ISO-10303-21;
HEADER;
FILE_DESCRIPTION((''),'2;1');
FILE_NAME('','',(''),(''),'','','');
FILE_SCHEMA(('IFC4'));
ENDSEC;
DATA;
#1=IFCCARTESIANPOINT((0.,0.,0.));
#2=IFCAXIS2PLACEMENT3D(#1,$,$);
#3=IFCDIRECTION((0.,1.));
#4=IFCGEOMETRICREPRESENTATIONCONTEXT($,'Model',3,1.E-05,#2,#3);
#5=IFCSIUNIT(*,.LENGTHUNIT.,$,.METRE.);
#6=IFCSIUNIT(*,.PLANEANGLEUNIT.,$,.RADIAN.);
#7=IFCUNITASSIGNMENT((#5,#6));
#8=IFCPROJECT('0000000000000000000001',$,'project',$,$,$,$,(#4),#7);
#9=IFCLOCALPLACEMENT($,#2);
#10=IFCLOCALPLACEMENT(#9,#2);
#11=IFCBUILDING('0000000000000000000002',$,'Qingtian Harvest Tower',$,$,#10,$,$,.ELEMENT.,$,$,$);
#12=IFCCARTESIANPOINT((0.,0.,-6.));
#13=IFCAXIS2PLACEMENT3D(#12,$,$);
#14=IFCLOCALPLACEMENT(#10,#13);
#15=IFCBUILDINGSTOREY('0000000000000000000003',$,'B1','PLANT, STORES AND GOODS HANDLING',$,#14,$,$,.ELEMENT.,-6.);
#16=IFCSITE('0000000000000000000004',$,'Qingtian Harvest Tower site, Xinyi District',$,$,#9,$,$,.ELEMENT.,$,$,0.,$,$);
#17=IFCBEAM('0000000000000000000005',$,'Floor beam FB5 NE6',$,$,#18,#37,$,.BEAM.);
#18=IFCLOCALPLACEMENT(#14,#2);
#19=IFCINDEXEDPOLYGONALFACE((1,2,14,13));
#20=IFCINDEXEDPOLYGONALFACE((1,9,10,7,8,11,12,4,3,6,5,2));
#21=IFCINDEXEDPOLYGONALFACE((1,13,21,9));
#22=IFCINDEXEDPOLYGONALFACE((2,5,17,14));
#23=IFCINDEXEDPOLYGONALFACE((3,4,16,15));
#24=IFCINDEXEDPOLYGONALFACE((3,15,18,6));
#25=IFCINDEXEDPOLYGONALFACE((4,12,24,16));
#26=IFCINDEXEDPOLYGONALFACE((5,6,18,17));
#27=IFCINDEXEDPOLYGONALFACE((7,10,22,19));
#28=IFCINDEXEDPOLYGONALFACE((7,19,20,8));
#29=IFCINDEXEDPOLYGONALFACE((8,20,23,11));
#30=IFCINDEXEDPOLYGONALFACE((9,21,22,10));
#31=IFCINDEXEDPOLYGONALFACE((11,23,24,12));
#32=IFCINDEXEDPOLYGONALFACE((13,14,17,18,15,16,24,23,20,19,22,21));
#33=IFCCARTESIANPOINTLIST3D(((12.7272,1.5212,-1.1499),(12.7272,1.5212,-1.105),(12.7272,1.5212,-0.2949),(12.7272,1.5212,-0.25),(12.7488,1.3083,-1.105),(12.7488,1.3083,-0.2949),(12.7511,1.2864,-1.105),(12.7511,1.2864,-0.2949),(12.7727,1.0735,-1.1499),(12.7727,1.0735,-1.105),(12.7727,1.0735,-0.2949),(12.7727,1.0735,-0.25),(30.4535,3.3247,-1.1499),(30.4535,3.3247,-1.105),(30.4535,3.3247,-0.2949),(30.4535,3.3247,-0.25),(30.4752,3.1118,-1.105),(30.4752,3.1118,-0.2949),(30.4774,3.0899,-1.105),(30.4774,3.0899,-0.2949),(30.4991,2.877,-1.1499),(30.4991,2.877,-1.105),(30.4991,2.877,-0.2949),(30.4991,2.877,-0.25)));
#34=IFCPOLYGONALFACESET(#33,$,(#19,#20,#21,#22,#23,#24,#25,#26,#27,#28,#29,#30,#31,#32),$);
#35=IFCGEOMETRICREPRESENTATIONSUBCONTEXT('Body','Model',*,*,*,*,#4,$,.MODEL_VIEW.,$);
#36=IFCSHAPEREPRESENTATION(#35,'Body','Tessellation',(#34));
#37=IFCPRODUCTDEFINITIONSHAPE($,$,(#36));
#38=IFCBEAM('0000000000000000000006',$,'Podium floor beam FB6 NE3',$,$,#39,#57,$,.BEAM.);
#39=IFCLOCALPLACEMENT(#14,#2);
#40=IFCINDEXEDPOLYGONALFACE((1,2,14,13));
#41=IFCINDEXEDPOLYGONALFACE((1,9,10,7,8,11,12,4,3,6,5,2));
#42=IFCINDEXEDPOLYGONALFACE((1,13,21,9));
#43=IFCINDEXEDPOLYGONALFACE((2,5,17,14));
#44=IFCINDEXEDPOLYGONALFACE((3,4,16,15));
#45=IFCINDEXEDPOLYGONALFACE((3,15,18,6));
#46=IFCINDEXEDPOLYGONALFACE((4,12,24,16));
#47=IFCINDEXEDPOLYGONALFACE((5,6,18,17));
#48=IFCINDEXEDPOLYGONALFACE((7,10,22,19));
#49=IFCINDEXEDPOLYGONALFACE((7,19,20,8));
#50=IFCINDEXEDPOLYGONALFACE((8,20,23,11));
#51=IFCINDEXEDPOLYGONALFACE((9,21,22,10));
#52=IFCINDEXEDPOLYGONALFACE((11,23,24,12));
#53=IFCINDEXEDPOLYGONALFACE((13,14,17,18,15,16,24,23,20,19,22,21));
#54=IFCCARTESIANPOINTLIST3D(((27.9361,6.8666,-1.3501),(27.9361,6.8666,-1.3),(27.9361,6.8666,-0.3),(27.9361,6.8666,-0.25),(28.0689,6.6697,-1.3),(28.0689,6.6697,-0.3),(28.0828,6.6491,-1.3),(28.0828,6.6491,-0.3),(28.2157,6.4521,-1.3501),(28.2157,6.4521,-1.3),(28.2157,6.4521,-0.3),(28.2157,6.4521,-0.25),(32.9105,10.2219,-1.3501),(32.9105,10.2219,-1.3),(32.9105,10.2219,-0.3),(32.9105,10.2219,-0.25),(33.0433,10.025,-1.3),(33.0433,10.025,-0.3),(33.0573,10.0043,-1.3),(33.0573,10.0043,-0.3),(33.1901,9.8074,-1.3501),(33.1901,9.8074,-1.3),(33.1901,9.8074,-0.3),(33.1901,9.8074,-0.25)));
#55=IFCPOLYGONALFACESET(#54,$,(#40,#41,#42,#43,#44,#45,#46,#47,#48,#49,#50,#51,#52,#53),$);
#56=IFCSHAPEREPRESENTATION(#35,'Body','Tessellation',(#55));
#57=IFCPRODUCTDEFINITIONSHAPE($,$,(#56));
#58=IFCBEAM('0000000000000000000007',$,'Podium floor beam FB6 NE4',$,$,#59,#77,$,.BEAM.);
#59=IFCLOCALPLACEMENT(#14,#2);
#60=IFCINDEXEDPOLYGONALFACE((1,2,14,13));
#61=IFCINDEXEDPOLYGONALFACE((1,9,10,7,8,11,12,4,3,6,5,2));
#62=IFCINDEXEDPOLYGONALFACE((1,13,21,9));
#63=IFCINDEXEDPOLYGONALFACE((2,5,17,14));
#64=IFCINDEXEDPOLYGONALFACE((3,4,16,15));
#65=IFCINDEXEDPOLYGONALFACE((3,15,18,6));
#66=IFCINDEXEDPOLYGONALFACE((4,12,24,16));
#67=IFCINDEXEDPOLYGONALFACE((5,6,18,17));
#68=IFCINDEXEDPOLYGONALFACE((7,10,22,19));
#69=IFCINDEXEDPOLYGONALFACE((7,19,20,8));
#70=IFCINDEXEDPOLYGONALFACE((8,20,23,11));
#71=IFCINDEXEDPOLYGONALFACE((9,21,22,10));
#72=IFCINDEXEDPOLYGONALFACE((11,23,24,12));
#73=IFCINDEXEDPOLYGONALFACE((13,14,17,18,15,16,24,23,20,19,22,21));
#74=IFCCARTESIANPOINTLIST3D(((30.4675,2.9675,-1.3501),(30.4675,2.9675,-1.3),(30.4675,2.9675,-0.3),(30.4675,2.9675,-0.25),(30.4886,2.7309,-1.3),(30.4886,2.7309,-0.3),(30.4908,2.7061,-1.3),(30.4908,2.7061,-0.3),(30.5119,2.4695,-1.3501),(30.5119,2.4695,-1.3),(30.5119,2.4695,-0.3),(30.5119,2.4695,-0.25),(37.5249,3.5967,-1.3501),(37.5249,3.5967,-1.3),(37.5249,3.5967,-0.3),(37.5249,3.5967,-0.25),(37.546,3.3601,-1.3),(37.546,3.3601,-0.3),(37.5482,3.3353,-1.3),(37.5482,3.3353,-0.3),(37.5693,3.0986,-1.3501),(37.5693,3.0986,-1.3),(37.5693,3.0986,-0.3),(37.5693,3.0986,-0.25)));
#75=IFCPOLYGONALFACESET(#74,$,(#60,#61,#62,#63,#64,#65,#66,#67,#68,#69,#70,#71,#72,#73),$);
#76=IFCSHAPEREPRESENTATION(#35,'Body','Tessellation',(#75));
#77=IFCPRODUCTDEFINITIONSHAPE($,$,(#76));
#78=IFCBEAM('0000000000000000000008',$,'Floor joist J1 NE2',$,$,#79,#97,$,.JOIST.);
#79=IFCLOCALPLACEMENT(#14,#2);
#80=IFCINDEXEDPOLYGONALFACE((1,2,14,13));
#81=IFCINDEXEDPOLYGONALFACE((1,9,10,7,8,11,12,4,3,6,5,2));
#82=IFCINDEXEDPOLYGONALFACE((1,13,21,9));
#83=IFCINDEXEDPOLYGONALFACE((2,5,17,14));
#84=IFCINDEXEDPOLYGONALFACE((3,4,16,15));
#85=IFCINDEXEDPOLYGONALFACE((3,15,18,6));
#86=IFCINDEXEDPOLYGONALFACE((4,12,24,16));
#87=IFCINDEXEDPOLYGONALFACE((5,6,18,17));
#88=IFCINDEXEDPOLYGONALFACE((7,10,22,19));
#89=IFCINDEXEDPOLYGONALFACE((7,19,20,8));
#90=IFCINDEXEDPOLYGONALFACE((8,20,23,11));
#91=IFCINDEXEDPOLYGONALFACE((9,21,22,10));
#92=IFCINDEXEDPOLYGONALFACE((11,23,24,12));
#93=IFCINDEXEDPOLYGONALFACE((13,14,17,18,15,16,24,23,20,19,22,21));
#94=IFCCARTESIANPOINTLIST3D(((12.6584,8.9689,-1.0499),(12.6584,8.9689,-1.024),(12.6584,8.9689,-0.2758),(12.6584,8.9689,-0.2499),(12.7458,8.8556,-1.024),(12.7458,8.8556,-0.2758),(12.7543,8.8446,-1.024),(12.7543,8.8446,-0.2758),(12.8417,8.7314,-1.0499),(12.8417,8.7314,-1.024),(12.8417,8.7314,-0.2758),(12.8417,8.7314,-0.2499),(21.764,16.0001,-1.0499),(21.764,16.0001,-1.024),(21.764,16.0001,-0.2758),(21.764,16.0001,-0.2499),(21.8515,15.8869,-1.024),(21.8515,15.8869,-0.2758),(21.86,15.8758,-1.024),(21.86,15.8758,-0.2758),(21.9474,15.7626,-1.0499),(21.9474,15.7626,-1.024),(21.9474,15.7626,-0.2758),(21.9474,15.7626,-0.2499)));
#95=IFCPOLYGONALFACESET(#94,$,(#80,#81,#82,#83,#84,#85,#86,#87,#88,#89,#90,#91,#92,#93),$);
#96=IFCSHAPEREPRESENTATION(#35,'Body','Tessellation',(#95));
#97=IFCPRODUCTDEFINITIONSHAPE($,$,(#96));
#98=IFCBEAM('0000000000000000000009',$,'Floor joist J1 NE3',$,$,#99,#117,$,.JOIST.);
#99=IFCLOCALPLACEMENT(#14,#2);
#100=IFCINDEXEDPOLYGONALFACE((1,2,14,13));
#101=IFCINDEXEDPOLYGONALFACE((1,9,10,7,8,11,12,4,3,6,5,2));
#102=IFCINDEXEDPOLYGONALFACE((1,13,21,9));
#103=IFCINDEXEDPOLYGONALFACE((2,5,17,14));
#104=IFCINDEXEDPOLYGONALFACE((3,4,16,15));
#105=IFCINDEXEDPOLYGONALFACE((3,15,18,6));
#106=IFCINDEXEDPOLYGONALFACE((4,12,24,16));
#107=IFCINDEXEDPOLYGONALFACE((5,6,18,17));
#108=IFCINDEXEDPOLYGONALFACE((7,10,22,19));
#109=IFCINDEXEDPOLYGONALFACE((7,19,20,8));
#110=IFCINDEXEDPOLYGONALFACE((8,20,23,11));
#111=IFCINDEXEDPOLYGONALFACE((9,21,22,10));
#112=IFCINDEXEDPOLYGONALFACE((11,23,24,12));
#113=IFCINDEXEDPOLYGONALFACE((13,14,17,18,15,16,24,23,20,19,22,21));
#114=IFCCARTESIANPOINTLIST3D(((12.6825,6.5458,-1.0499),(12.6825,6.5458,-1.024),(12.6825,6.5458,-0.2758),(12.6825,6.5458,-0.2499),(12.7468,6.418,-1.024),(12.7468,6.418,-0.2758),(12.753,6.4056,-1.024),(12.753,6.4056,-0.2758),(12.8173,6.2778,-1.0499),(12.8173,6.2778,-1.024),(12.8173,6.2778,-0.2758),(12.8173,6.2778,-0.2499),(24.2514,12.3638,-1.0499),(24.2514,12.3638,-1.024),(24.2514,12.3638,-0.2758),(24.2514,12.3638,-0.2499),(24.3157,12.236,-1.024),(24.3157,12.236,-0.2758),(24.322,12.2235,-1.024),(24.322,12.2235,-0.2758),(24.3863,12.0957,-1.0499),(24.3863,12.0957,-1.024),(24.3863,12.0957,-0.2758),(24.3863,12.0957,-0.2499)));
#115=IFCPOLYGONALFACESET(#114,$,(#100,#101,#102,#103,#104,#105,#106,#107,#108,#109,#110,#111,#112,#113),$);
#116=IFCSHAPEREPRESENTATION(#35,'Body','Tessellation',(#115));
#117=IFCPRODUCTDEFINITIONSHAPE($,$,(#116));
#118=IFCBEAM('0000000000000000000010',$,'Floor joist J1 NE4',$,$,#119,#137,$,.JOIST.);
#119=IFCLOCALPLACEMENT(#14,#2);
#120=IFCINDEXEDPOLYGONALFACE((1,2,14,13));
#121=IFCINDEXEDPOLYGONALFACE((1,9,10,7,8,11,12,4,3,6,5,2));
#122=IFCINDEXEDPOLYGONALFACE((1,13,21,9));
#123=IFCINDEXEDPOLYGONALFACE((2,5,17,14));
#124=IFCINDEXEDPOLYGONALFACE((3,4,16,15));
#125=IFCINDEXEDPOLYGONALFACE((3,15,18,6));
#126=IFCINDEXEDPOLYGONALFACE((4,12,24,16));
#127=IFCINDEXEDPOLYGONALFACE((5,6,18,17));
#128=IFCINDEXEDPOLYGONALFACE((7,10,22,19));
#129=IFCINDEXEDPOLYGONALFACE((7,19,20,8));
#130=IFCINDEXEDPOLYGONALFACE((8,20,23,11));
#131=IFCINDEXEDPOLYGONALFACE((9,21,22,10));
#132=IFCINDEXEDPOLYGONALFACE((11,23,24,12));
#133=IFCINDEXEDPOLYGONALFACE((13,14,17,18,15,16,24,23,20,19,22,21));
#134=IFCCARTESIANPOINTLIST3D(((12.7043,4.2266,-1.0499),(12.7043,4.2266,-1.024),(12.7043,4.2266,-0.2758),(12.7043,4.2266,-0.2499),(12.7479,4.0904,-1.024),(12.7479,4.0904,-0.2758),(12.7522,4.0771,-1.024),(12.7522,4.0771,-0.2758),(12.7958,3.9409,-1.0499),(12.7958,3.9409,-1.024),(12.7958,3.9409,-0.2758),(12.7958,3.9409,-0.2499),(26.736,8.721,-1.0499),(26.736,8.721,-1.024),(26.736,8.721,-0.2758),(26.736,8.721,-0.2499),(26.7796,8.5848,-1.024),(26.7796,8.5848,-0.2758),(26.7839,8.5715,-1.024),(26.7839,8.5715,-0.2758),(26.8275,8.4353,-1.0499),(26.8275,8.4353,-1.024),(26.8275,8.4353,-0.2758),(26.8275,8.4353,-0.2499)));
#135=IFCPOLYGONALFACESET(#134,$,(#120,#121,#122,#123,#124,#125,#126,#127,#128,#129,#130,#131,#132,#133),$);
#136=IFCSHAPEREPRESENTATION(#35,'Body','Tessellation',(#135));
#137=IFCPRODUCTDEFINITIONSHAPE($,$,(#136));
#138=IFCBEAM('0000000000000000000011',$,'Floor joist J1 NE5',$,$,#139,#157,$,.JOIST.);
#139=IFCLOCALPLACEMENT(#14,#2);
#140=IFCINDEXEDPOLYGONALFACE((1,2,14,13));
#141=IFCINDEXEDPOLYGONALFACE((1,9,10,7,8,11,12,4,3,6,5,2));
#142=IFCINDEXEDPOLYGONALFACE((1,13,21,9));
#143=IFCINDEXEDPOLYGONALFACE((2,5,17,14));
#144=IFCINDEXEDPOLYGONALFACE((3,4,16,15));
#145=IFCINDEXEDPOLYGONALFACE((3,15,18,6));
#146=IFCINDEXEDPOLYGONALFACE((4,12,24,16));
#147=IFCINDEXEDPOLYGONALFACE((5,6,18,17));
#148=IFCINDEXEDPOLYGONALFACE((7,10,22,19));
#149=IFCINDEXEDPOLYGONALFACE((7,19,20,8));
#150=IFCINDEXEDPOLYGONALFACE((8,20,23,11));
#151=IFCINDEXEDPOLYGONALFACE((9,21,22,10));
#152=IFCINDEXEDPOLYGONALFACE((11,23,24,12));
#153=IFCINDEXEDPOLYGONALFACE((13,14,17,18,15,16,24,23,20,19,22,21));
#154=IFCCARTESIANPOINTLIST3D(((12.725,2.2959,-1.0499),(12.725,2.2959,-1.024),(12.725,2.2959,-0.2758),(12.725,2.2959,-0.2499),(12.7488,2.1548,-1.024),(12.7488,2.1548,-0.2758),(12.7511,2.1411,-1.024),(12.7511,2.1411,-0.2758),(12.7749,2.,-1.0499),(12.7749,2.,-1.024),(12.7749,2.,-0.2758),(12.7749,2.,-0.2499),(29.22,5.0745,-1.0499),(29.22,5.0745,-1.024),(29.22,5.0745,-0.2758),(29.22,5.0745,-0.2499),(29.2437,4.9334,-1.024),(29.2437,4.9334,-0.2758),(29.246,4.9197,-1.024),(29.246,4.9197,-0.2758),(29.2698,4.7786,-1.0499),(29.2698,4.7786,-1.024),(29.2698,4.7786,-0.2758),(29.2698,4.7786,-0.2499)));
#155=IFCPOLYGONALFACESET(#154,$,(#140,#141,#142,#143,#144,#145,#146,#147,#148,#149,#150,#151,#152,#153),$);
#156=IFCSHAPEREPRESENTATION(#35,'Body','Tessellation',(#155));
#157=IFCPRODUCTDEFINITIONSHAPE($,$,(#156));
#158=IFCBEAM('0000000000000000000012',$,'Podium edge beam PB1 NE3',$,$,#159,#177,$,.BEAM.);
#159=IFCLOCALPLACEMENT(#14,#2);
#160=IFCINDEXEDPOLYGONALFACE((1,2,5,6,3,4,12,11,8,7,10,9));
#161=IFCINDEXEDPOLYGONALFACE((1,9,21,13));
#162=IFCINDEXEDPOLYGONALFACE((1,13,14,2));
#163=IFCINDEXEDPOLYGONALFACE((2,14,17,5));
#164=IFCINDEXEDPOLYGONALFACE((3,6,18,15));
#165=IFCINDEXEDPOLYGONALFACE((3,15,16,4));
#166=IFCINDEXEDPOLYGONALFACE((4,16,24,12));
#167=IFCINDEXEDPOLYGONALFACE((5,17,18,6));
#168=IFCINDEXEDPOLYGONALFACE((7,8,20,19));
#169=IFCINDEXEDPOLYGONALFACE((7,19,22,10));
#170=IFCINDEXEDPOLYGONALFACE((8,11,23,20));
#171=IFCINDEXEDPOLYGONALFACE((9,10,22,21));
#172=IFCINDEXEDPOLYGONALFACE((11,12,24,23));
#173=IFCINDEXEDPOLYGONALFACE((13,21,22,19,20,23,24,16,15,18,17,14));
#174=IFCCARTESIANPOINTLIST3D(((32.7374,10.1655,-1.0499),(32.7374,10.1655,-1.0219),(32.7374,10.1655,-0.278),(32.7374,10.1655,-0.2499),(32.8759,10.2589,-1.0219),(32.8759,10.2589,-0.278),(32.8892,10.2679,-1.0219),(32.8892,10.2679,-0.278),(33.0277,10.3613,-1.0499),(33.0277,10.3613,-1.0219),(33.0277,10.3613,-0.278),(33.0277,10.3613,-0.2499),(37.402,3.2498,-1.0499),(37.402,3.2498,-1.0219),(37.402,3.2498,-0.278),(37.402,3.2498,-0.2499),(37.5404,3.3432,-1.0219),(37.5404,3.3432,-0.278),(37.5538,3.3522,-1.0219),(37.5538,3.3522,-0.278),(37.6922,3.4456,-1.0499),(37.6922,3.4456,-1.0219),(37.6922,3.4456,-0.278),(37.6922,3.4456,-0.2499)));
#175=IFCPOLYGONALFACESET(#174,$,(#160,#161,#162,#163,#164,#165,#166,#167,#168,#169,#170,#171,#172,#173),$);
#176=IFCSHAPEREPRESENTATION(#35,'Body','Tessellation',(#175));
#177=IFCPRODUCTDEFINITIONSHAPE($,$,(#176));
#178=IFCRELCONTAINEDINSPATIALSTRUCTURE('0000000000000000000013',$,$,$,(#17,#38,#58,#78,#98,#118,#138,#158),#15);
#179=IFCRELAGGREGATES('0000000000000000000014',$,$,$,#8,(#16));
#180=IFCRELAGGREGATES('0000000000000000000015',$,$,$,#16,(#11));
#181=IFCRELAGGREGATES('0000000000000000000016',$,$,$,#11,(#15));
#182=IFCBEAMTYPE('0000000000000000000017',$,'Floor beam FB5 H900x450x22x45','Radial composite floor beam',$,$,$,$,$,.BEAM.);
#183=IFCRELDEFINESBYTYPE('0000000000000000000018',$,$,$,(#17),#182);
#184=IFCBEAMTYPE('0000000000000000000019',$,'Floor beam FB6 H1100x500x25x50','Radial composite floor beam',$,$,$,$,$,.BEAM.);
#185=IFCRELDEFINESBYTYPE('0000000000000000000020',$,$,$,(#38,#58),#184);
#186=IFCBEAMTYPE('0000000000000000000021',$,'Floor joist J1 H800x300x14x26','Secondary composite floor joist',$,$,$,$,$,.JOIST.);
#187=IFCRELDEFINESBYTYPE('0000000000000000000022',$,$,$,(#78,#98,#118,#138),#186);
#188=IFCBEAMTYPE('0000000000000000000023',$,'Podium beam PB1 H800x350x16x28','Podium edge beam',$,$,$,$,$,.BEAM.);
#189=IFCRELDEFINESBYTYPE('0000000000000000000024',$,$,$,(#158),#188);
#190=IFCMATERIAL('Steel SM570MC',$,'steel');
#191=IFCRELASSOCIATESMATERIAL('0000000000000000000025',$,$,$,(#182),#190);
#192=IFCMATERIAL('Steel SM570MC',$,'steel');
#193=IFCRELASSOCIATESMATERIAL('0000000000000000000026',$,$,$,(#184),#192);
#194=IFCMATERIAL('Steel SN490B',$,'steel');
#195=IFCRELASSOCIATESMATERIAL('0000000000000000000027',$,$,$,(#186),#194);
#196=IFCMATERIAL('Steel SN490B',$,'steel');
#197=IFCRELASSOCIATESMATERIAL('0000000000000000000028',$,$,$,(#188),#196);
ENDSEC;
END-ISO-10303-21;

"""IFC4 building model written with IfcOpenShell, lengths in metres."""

from ifc_helpers import new_model, si_unit, direction, frame, origin, origin_2d, place, context, subcontext, project, spatial, i_section, extrude, material, material_profile, profile_set, type_object, element, save


model = new_model("IFC4")

# Units and contexts
model_context = context("Model", 3, precision=1e-05, world=origin(), true_north=direction((0.0, 1.0)))
body_context = subcontext(model_context, "Body", "Model", "MODEL_VIEW")
ifc_project = project(units=[si_unit("LENGTHUNIT", "METRE"), si_unit("PLANEANGLEUNIT", "RADIAN")], contexts=[model_context])

# Site, building, storey
site_placement = place(None, origin())
site = spatial("IfcSite", under=ifc_project, at=site_placement, Name="Qingtian Harvest Tower site, Xinyi District", CompositionType="ELEMENT", RefElevation=0.0)
building_placement = place(site_placement, origin())
building = spatial("IfcBuilding", under=site, at=building_placement, Name="Qingtian Harvest Tower", CompositionType="ELEMENT")
storey_placement = place(building_placement, frame((0.0, 0.0, -6.0)))
storey = spatial("IfcBuildingStorey", under=building, at=storey_placement, Name="B1", Description="PLANT, STORES AND GOODS HANDLING", CompositionType="ELEMENT", Elevation=-6.0)

# Beams
ifc_material_1 = material(Name="Steel SM570MC", Category="steel")
ifc_material_profile_1 = material_profile(ifc_material_1, i_section(OverallWidth=0.45, OverallDepth=0.8999, WebThickness=0.022, FlangeThickness=0.0449, at=origin_2d()), Name="H900x450x22x45")
ifc_profile_set_1 = profile_set([ifc_material_profile_1], Name="Steel SM570MC")
beam_type_1 = type_object("IfcBeamType", Name="Floor beam FB5 H900x450x22x45", Description="Radial composite floor beam", PredefinedType="BEAM", material=ifc_profile_set_1)
beam_1_placement = place(storey_placement, frame((30.4763, 3.1008, -0.7), z_axis=(-0.994864, -0.101217, 0.0), x_axis=(0.101217, -0.994864, 0.0)))
element("IfcBeam", 1, at=beam_1_placement, inside=storey, type_object=beam_type_1, Name="Floor beam FB5 NE6", PredefinedType="BEAM", context=body_context, shape_type="SweptSolid", body=[
    extrude(i_section(OverallWidth=0.45, OverallDepth=0.8999, WebThickness=0.022, FlangeThickness=0.0449, at=origin_2d()), origin(), (0.0, 0.0, 1.0), 17.8179),
])
ifc_material_2 = material(Name="Steel SM570MC", Category="steel")
ifc_material_profile_2 = material_profile(ifc_material_2, i_section(OverallWidth=0.5, OverallDepth=1.1001, WebThickness=0.0249, FlangeThickness=0.05, at=origin_2d()), Name="H1100x500x25x50")
ifc_profile_set_2 = profile_set([ifc_material_profile_2], Name="Steel SM570MC")
beam_type_2 = type_object("IfcBeamType", Name="Floor beam FB6 H1100x500x25x50", Description="Radial composite floor beam", PredefinedType="BEAM", material=ifc_profile_set_2)
beam_2_placement = place(storey_placement, frame((33.0503, 10.0146, -0.8), z_axis=(-0.82904, -0.55919, 0.0), x_axis=(0.55919, -0.82904, 0.0)))
element("IfcBeam", 2, at=beam_2_placement, inside=storey, type_object=beam_type_2, Name="Podium floor beam FB6 NE3", PredefinedType="BEAM", context=body_context, shape_type="SweptSolid", body=[
    extrude(i_section(OverallWidth=0.5, OverallDepth=1.1001, WebThickness=0.0249, FlangeThickness=0.05, at=origin_2d()), origin(), (0.0, 0.0, 1.0), 6.0002),
])
beam_3_placement = place(storey_placement, frame((37.5471, 3.3477, -0.8), z_axis=(-0.99605, -0.088796, 0.0), x_axis=(0.088796, -0.99605, 0.0)))
element("IfcBeam", 3, at=beam_3_placement, inside=storey, type_object=beam_type_2, Name="Podium floor beam FB6 NE4", PredefinedType="BEAM", context=body_context, shape_type="SweptSolid", body=[
    extrude(i_section(OverallWidth=0.5, OverallDepth=1.1001, WebThickness=0.0249, FlangeThickness=0.05, at=origin_2d()), origin(), (0.0, 0.0, 1.0), 7.0854),
])
ifc_material_3 = material(Name="Steel SN490B", Category="steel")
ifc_material_profile_3 = material_profile(ifc_material_3, i_section(OverallWidth=0.3, OverallDepth=0.8, WebThickness=0.0139, FlangeThickness=0.0259, at=origin_2d()), Name="H800x300x14x26")
ifc_profile_set_3 = profile_set([ifc_material_profile_3], Name="Steel SN490B")
beam_type_3 = type_object("IfcBeamType", Name="Floor joist J1 H800x300x14x26", Description="Secondary composite floor joist", PredefinedType="JOIST", material=ifc_profile_set_3)
beam_4_placement = place(storey_placement, frame((21.8557, 15.8813, -0.6499), z_axis=(-0.791495, -0.611176, 0.0), x_axis=(0.611176, -0.791495, 0.0)))
element("IfcBeam", 4, at=beam_4_placement, inside=storey, type_object=beam_type_3, Name="Floor joist J1 NE2", PredefinedType="JOIST", context=body_context, shape_type="SweptSolid", body=[
    extrude(i_section(OverallWidth=0.3, OverallDepth=0.8, WebThickness=0.0139, FlangeThickness=0.0259, at=origin_2d()), origin(), (0.0, 0.0, 1.0), 11.5044),
])
beam_5_placement = place(storey_placement, frame((24.3188, 12.2297, -0.6499), z_axis=(-0.893392, -0.449279, 0.0), x_axis=(0.449279, -0.893392, 0.0)))
element("IfcBeam", 5, at=beam_5_placement, inside=storey, type_object=beam_type_3, Name="Floor joist J1 NE3", PredefinedType="JOIST", context=body_context, shape_type="SweptSolid", body=[
    extrude(i_section(OverallWidth=0.3, OverallDepth=0.8, WebThickness=0.0139, FlangeThickness=0.0259, at=origin_2d()), origin(), (0.0, 0.0, 1.0), 12.9495),
])
beam_6_placement = place(storey_placement, frame((26.7817, 8.5781, -0.6499), z_axis=(-0.952341, -0.305036, 0.0), x_axis=(0.305036, -0.952341, 0.0)))
element("IfcBeam", 6, at=beam_6_placement, inside=storey, type_object=beam_type_3, Name="Floor joist J1 NE4", PredefinedType="JOIST", context=body_context, shape_type="SweptSolid", body=[
    extrude(i_section(OverallWidth=0.3, OverallDepth=0.8, WebThickness=0.0139, FlangeThickness=0.0259, at=origin_2d()), origin(), (0.0, 0.0, 1.0), 14.7339),
])
beam_7_placement = place(storey_placement, frame((29.2449, 4.9265, -0.6499), z_axis=(-0.986107, -0.16611, 0.0), x_axis=(0.16611, -0.986107, 0.0)))
element("IfcBeam", 7, at=beam_7_placement, inside=storey, type_object=beam_type_3, Name="Floor joist J1 NE5", PredefinedType="JOIST", context=body_context, shape_type="SweptSolid", body=[
    extrude(i_section(OverallWidth=0.3, OverallDepth=0.8, WebThickness=0.0139, FlangeThickness=0.0259, at=origin_2d()), origin(), (0.0, 0.0, 1.0), 16.7273),
])
ifc_material_4 = material(Name="Steel SN490B", Category="steel")
ifc_material_profile_4 = material_profile(ifc_material_4, i_section(OverallWidth=0.3501, OverallDepth=0.8, WebThickness=0.0161, FlangeThickness=0.0281, at=origin_2d()), Name="H800x350x16x28")
ifc_profile_set_4 = profile_set([ifc_material_profile_4], Name="Steel SN490B")
beam_type_4 = type_object("IfcBeamType", Name="Podium beam PB1 H800x350x16x28", Description="Podium edge beam", PredefinedType="BEAM", material=ifc_profile_set_4)
beam_8_placement = place(storey_placement, frame((32.8826, 10.2634, -0.6499), z_axis=(0.559177, -0.829048, 0.0), x_axis=(0.829048, 0.559177, 0.0)))
element("IfcBeam", 8, at=beam_8_placement, inside=storey, type_object=beam_type_4, Name="Podium edge beam PB1 NE3", PredefinedType="BEAM", context=body_context, shape_type="SweptSolid", body=[
    extrude(i_section(OverallWidth=0.3501, OverallDepth=0.8, WebThickness=0.0161, FlangeThickness=0.0281, at=origin_2d()), origin(), (0.0, 0.0, 1.0), 8.3418),
])

save(model, "model.ifc")
